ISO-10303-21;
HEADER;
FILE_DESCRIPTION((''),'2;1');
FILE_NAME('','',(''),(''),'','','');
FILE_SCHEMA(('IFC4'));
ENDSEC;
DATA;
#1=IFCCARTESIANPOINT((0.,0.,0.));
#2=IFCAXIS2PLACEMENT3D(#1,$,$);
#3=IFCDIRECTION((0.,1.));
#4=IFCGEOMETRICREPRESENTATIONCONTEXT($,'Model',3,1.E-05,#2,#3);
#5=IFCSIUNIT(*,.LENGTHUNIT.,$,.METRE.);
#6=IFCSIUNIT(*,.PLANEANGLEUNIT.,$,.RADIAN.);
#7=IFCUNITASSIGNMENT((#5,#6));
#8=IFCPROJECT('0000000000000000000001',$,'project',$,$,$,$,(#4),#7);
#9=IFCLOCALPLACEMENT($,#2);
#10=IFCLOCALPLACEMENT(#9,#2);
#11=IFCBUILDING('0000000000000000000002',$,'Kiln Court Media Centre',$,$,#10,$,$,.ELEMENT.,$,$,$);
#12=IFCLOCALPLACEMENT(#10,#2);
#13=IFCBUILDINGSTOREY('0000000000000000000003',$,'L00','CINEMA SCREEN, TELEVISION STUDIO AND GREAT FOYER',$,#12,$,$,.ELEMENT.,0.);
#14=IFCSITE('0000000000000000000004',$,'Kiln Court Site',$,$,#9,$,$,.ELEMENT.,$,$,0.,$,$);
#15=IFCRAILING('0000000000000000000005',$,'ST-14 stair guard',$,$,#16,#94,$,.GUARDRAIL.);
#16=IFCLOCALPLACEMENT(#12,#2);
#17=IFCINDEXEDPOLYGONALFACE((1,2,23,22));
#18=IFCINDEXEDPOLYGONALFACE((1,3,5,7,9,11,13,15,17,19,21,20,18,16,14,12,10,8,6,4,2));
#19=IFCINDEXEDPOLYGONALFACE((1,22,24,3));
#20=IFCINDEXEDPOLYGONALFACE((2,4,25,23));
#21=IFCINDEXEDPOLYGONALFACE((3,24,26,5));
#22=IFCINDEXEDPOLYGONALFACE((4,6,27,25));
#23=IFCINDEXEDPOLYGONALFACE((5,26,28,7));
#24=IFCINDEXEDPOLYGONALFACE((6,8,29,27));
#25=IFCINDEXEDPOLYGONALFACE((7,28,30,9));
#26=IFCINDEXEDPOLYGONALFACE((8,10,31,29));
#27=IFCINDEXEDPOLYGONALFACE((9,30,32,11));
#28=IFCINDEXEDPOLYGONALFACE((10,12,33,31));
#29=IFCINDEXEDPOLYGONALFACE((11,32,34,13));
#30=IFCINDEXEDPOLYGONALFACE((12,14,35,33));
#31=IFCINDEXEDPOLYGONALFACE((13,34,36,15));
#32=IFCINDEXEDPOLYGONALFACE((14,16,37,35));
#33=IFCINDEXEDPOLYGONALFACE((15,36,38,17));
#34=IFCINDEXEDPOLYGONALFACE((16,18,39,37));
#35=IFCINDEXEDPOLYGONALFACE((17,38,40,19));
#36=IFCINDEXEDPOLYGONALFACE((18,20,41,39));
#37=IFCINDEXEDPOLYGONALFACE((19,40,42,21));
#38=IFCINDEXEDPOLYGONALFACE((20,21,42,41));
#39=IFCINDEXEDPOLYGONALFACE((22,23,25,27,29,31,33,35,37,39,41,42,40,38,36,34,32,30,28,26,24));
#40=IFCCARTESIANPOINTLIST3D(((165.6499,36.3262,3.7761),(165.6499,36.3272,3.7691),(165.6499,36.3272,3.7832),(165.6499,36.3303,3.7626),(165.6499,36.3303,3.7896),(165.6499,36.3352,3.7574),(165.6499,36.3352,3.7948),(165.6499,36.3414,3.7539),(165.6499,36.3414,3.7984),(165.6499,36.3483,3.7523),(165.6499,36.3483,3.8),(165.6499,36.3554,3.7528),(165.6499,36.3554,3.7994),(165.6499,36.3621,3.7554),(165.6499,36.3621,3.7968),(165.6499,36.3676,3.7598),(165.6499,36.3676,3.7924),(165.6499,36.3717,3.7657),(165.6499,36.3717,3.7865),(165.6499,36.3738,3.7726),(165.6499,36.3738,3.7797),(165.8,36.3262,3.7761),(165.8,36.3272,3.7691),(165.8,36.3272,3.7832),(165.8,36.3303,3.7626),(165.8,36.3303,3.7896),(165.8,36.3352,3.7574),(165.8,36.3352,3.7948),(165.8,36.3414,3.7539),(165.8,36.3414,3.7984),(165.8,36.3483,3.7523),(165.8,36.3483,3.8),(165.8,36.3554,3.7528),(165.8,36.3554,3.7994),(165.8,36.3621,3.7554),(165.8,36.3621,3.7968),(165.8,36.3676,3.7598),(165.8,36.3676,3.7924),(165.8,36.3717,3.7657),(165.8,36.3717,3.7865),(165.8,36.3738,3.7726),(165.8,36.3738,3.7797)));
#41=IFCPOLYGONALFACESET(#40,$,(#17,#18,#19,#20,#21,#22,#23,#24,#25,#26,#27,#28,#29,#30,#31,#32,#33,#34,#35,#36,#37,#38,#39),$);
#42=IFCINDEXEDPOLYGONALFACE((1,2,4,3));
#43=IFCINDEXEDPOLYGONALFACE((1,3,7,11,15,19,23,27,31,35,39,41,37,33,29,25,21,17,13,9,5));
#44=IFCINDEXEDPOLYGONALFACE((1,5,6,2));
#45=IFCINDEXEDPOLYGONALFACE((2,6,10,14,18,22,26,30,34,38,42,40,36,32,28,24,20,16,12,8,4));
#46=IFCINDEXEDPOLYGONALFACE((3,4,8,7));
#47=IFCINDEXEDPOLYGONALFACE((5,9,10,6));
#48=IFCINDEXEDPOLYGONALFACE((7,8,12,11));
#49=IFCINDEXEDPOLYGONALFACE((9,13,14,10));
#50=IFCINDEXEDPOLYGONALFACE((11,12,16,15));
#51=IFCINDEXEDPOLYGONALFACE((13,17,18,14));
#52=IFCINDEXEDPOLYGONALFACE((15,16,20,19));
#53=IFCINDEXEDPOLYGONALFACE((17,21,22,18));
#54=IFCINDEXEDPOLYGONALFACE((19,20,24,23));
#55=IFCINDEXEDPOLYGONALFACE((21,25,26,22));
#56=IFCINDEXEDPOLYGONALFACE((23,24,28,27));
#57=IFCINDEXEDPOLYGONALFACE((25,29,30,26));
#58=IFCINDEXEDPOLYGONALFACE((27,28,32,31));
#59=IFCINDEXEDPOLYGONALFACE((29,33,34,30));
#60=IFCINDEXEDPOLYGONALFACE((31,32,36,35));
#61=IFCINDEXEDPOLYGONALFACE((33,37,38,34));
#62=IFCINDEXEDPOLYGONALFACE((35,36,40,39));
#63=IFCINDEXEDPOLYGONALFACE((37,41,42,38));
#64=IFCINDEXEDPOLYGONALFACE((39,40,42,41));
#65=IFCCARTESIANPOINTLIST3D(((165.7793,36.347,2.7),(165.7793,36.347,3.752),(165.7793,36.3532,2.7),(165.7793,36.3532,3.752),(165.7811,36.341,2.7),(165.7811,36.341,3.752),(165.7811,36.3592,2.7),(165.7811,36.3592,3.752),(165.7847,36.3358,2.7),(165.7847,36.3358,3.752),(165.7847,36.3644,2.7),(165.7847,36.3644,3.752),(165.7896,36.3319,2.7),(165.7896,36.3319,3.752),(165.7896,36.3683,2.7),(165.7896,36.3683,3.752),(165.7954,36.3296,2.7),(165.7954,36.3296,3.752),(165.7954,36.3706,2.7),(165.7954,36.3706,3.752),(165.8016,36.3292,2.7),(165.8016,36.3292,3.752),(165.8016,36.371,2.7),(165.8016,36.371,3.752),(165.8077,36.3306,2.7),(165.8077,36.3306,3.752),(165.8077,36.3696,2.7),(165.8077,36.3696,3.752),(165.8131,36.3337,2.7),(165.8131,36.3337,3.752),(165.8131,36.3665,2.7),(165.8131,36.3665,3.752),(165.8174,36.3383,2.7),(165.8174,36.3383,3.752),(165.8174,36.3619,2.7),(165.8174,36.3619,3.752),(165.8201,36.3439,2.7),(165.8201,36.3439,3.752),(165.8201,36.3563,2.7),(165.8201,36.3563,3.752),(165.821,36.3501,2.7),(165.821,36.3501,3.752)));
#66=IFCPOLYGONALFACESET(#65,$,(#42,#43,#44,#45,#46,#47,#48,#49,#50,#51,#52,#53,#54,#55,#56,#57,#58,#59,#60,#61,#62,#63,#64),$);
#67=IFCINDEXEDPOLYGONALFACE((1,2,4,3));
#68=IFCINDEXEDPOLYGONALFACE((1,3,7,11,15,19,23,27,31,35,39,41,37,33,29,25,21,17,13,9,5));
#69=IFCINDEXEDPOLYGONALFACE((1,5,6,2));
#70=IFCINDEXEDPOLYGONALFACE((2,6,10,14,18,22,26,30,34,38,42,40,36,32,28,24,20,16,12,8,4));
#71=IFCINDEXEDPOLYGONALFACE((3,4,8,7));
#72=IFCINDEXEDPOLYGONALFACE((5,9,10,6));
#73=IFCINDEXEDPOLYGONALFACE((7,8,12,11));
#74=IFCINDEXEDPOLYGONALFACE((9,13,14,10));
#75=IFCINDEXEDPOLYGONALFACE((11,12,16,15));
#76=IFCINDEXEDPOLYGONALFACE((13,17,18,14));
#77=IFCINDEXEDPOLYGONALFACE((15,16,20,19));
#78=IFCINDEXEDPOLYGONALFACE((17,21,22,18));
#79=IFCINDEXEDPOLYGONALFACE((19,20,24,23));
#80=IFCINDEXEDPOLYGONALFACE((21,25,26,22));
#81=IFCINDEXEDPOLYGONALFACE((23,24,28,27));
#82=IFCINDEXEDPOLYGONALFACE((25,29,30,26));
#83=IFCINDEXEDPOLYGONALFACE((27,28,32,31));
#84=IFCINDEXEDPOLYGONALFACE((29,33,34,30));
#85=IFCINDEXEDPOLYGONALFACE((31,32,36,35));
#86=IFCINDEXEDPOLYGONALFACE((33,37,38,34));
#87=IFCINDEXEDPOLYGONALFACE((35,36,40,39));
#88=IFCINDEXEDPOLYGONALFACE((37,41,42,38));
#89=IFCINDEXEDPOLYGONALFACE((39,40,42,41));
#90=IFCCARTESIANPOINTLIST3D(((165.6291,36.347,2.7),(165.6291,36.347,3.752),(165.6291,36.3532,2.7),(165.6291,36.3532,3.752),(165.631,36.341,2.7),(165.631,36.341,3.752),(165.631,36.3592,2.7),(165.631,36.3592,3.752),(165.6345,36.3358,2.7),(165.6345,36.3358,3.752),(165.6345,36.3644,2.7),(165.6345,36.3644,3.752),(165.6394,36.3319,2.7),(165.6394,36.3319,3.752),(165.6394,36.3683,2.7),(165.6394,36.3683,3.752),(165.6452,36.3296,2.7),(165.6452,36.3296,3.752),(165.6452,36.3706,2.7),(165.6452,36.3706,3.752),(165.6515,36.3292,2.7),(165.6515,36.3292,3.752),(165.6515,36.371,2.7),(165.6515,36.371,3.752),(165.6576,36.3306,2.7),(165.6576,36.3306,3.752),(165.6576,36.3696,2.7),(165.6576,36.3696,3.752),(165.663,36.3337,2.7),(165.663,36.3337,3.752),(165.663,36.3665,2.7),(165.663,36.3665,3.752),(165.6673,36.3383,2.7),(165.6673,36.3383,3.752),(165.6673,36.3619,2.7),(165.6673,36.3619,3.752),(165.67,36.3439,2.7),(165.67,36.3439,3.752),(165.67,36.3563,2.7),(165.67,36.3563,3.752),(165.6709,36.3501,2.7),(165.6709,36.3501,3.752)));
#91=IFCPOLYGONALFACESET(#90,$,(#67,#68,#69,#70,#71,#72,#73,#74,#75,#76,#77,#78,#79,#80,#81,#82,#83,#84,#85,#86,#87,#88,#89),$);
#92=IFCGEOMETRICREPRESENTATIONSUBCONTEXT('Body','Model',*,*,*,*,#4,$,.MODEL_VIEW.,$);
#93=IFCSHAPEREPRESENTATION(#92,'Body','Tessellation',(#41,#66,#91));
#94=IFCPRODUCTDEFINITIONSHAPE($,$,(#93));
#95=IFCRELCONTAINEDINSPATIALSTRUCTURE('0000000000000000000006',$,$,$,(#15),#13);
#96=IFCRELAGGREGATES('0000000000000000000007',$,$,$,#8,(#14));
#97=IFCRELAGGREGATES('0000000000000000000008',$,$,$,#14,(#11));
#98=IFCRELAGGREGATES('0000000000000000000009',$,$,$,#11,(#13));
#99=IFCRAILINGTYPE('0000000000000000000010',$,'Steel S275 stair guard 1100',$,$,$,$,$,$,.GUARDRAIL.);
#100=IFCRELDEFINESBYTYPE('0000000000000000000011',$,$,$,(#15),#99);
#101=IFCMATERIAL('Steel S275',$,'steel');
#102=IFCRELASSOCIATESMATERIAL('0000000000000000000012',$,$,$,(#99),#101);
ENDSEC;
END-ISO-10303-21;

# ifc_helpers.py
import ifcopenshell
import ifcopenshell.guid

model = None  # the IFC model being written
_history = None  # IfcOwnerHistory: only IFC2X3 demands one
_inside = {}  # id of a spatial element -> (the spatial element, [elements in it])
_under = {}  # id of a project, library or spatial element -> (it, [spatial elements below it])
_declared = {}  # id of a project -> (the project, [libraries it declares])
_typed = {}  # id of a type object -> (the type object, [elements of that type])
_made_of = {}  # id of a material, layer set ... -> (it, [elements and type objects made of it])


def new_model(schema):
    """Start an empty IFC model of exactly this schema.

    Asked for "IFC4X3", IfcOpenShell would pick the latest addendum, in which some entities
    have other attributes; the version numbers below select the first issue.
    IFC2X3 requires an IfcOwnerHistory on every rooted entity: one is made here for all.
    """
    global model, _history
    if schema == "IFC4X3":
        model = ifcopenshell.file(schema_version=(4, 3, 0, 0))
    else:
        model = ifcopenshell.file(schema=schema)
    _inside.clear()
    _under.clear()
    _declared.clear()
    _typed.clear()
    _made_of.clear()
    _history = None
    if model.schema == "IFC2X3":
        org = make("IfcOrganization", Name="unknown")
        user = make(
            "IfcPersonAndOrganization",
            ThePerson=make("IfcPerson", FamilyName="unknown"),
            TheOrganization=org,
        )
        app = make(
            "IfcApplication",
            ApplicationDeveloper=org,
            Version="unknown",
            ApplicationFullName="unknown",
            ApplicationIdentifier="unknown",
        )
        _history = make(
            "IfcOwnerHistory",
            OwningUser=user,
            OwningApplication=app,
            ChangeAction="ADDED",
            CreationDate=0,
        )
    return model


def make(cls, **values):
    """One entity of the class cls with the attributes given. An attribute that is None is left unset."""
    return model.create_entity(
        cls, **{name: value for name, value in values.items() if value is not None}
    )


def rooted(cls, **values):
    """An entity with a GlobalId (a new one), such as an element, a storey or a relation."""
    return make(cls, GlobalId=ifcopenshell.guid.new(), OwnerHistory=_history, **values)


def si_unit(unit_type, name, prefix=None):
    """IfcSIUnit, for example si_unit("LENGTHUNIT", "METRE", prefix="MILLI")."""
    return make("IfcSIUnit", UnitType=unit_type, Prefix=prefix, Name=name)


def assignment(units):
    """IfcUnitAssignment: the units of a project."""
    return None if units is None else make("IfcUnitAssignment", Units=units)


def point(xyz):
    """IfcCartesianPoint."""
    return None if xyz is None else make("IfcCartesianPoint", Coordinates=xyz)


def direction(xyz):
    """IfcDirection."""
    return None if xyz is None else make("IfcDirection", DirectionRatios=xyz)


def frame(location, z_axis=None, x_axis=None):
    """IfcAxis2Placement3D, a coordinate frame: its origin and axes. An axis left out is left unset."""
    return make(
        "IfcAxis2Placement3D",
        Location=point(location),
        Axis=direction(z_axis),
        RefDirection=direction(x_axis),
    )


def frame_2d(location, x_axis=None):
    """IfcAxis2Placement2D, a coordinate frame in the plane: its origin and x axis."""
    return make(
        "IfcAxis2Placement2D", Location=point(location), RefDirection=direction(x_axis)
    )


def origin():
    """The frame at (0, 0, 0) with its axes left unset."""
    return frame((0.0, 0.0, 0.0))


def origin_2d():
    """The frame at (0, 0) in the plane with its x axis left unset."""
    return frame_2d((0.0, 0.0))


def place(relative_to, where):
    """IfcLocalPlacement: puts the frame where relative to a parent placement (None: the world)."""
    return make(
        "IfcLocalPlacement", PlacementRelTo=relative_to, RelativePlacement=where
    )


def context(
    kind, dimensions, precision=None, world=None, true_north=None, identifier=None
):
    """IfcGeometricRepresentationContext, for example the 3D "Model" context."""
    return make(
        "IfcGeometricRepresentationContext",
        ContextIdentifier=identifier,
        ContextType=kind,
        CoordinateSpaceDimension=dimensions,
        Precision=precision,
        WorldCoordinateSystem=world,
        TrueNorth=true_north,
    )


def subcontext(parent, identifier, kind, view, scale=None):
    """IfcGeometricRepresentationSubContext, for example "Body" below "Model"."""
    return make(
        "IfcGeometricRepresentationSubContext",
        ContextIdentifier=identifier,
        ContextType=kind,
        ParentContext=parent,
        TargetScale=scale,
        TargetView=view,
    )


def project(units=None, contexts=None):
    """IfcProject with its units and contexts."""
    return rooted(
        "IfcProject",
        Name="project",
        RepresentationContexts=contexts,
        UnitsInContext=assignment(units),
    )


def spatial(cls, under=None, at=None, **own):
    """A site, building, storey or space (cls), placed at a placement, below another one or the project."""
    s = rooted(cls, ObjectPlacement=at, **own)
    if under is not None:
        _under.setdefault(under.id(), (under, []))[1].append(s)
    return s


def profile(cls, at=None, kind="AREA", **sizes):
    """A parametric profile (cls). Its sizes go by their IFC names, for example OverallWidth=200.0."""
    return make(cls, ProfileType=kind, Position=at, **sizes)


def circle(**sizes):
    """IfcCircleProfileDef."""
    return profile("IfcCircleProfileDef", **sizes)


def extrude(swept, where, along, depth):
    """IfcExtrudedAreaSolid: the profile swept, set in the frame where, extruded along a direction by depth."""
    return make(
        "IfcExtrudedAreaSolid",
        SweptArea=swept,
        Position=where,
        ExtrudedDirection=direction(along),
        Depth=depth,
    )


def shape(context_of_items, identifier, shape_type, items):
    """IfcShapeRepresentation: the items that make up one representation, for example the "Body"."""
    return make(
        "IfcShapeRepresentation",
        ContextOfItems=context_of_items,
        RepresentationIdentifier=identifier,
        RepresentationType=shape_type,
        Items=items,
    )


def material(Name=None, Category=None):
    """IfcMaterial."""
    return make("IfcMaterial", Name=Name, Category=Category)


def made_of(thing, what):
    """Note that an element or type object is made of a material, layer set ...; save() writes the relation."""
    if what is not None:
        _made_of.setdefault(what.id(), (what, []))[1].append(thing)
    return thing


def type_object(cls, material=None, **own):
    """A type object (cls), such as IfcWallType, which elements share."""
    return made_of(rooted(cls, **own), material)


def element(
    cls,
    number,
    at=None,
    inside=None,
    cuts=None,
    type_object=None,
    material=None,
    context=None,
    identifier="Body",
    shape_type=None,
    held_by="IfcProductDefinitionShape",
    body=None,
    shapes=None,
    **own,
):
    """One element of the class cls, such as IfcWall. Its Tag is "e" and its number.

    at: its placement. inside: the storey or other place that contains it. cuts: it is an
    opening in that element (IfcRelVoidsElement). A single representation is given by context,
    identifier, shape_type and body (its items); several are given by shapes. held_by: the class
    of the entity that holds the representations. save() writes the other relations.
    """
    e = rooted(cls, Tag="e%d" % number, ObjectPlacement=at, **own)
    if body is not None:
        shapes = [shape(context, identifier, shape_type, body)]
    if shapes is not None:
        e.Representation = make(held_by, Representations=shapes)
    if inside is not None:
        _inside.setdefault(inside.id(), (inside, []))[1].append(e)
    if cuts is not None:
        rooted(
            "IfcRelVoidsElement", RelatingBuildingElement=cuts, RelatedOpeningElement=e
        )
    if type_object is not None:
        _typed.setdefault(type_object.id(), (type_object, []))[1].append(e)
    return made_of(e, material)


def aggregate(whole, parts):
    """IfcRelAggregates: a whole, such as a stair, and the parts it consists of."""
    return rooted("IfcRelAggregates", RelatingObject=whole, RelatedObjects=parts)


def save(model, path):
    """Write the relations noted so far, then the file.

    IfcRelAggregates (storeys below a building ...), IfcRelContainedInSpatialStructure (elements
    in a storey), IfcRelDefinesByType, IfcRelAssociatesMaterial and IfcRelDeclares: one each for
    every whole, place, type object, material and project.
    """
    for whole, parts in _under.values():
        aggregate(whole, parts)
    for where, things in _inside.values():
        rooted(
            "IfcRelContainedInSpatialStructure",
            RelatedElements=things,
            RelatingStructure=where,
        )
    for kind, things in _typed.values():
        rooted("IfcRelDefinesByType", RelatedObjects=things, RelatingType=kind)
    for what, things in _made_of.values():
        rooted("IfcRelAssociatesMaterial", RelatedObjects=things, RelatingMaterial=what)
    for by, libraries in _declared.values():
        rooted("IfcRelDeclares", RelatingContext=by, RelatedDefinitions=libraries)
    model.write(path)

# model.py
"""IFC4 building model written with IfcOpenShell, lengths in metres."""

from ifc_helpers import new_model, si_unit, direction, frame, origin, origin_2d, place, context, subcontext, project, spatial, circle, extrude, material, type_object, element, save


model = new_model("IFC4")

# Units and contexts
model_context = context("Model", 3, precision=1e-05, world=origin(), true_north=direction((0.0, 1.0)))
body_context = subcontext(model_context, "Body", "Model", "MODEL_VIEW")
ifc_project = project(units=[si_unit("LENGTHUNIT", "METRE"), si_unit("PLANEANGLEUNIT", "RADIAN")], contexts=[model_context])

# Site, building, storey
site_placement = place(None, origin())
site = spatial("IfcSite", under=ifc_project, at=site_placement, Name="Kiln Court Site", CompositionType="ELEMENT", RefElevation=0.0)
building_placement = place(site_placement, origin())
building = spatial("IfcBuilding", under=site, at=building_placement, Name="Kiln Court Media Centre", CompositionType="ELEMENT")
storey_placement = place(building_placement, origin())
storey = spatial("IfcBuildingStorey", under=building, at=storey_placement, Name="L00", Description="CINEMA SCREEN, TELEVISION STUDIO AND GREAT FOYER", CompositionType="ELEMENT", Elevation=0.0)

# Railing
ifc_material_1 = material(Name="Steel S275", Category="steel")
railing_type_1 = type_object("IfcRailingType", Name="Steel S275 stair guard 1100", PredefinedType="GUARDRAIL", material=ifc_material_1)
railing_1_placement = place(storey_placement, frame((165.8, 36.3501, 2.7)))
element("IfcRailing", 1, at=railing_1_placement, inside=storey, type_object=railing_type_1, Name="ST-14 stair guard", PredefinedType="GUARDRAIL", context=body_context, shape_type="SweptSolid", body=[
    extrude(circle(Radius=0.0239, at=origin_2d()), frame((0.0, 0.0, 1.0762), z_axis=(-1.0, 0.0, 0.0), x_axis=(0.0, -1.0, 0.0)), (0.0, 0.0, 1.0), 0.1501),
    extrude(circle(Radius=0.021, at=origin_2d()), origin(), (0.0, 0.0, 1.0), 1.052),
    extrude(circle(Radius=0.021, at=origin_2d()), frame((-0.1501, 0.0, 0.0)), (0.0, 0.0, 1.0), 1.052),
])

save(model, "model.ifc")
